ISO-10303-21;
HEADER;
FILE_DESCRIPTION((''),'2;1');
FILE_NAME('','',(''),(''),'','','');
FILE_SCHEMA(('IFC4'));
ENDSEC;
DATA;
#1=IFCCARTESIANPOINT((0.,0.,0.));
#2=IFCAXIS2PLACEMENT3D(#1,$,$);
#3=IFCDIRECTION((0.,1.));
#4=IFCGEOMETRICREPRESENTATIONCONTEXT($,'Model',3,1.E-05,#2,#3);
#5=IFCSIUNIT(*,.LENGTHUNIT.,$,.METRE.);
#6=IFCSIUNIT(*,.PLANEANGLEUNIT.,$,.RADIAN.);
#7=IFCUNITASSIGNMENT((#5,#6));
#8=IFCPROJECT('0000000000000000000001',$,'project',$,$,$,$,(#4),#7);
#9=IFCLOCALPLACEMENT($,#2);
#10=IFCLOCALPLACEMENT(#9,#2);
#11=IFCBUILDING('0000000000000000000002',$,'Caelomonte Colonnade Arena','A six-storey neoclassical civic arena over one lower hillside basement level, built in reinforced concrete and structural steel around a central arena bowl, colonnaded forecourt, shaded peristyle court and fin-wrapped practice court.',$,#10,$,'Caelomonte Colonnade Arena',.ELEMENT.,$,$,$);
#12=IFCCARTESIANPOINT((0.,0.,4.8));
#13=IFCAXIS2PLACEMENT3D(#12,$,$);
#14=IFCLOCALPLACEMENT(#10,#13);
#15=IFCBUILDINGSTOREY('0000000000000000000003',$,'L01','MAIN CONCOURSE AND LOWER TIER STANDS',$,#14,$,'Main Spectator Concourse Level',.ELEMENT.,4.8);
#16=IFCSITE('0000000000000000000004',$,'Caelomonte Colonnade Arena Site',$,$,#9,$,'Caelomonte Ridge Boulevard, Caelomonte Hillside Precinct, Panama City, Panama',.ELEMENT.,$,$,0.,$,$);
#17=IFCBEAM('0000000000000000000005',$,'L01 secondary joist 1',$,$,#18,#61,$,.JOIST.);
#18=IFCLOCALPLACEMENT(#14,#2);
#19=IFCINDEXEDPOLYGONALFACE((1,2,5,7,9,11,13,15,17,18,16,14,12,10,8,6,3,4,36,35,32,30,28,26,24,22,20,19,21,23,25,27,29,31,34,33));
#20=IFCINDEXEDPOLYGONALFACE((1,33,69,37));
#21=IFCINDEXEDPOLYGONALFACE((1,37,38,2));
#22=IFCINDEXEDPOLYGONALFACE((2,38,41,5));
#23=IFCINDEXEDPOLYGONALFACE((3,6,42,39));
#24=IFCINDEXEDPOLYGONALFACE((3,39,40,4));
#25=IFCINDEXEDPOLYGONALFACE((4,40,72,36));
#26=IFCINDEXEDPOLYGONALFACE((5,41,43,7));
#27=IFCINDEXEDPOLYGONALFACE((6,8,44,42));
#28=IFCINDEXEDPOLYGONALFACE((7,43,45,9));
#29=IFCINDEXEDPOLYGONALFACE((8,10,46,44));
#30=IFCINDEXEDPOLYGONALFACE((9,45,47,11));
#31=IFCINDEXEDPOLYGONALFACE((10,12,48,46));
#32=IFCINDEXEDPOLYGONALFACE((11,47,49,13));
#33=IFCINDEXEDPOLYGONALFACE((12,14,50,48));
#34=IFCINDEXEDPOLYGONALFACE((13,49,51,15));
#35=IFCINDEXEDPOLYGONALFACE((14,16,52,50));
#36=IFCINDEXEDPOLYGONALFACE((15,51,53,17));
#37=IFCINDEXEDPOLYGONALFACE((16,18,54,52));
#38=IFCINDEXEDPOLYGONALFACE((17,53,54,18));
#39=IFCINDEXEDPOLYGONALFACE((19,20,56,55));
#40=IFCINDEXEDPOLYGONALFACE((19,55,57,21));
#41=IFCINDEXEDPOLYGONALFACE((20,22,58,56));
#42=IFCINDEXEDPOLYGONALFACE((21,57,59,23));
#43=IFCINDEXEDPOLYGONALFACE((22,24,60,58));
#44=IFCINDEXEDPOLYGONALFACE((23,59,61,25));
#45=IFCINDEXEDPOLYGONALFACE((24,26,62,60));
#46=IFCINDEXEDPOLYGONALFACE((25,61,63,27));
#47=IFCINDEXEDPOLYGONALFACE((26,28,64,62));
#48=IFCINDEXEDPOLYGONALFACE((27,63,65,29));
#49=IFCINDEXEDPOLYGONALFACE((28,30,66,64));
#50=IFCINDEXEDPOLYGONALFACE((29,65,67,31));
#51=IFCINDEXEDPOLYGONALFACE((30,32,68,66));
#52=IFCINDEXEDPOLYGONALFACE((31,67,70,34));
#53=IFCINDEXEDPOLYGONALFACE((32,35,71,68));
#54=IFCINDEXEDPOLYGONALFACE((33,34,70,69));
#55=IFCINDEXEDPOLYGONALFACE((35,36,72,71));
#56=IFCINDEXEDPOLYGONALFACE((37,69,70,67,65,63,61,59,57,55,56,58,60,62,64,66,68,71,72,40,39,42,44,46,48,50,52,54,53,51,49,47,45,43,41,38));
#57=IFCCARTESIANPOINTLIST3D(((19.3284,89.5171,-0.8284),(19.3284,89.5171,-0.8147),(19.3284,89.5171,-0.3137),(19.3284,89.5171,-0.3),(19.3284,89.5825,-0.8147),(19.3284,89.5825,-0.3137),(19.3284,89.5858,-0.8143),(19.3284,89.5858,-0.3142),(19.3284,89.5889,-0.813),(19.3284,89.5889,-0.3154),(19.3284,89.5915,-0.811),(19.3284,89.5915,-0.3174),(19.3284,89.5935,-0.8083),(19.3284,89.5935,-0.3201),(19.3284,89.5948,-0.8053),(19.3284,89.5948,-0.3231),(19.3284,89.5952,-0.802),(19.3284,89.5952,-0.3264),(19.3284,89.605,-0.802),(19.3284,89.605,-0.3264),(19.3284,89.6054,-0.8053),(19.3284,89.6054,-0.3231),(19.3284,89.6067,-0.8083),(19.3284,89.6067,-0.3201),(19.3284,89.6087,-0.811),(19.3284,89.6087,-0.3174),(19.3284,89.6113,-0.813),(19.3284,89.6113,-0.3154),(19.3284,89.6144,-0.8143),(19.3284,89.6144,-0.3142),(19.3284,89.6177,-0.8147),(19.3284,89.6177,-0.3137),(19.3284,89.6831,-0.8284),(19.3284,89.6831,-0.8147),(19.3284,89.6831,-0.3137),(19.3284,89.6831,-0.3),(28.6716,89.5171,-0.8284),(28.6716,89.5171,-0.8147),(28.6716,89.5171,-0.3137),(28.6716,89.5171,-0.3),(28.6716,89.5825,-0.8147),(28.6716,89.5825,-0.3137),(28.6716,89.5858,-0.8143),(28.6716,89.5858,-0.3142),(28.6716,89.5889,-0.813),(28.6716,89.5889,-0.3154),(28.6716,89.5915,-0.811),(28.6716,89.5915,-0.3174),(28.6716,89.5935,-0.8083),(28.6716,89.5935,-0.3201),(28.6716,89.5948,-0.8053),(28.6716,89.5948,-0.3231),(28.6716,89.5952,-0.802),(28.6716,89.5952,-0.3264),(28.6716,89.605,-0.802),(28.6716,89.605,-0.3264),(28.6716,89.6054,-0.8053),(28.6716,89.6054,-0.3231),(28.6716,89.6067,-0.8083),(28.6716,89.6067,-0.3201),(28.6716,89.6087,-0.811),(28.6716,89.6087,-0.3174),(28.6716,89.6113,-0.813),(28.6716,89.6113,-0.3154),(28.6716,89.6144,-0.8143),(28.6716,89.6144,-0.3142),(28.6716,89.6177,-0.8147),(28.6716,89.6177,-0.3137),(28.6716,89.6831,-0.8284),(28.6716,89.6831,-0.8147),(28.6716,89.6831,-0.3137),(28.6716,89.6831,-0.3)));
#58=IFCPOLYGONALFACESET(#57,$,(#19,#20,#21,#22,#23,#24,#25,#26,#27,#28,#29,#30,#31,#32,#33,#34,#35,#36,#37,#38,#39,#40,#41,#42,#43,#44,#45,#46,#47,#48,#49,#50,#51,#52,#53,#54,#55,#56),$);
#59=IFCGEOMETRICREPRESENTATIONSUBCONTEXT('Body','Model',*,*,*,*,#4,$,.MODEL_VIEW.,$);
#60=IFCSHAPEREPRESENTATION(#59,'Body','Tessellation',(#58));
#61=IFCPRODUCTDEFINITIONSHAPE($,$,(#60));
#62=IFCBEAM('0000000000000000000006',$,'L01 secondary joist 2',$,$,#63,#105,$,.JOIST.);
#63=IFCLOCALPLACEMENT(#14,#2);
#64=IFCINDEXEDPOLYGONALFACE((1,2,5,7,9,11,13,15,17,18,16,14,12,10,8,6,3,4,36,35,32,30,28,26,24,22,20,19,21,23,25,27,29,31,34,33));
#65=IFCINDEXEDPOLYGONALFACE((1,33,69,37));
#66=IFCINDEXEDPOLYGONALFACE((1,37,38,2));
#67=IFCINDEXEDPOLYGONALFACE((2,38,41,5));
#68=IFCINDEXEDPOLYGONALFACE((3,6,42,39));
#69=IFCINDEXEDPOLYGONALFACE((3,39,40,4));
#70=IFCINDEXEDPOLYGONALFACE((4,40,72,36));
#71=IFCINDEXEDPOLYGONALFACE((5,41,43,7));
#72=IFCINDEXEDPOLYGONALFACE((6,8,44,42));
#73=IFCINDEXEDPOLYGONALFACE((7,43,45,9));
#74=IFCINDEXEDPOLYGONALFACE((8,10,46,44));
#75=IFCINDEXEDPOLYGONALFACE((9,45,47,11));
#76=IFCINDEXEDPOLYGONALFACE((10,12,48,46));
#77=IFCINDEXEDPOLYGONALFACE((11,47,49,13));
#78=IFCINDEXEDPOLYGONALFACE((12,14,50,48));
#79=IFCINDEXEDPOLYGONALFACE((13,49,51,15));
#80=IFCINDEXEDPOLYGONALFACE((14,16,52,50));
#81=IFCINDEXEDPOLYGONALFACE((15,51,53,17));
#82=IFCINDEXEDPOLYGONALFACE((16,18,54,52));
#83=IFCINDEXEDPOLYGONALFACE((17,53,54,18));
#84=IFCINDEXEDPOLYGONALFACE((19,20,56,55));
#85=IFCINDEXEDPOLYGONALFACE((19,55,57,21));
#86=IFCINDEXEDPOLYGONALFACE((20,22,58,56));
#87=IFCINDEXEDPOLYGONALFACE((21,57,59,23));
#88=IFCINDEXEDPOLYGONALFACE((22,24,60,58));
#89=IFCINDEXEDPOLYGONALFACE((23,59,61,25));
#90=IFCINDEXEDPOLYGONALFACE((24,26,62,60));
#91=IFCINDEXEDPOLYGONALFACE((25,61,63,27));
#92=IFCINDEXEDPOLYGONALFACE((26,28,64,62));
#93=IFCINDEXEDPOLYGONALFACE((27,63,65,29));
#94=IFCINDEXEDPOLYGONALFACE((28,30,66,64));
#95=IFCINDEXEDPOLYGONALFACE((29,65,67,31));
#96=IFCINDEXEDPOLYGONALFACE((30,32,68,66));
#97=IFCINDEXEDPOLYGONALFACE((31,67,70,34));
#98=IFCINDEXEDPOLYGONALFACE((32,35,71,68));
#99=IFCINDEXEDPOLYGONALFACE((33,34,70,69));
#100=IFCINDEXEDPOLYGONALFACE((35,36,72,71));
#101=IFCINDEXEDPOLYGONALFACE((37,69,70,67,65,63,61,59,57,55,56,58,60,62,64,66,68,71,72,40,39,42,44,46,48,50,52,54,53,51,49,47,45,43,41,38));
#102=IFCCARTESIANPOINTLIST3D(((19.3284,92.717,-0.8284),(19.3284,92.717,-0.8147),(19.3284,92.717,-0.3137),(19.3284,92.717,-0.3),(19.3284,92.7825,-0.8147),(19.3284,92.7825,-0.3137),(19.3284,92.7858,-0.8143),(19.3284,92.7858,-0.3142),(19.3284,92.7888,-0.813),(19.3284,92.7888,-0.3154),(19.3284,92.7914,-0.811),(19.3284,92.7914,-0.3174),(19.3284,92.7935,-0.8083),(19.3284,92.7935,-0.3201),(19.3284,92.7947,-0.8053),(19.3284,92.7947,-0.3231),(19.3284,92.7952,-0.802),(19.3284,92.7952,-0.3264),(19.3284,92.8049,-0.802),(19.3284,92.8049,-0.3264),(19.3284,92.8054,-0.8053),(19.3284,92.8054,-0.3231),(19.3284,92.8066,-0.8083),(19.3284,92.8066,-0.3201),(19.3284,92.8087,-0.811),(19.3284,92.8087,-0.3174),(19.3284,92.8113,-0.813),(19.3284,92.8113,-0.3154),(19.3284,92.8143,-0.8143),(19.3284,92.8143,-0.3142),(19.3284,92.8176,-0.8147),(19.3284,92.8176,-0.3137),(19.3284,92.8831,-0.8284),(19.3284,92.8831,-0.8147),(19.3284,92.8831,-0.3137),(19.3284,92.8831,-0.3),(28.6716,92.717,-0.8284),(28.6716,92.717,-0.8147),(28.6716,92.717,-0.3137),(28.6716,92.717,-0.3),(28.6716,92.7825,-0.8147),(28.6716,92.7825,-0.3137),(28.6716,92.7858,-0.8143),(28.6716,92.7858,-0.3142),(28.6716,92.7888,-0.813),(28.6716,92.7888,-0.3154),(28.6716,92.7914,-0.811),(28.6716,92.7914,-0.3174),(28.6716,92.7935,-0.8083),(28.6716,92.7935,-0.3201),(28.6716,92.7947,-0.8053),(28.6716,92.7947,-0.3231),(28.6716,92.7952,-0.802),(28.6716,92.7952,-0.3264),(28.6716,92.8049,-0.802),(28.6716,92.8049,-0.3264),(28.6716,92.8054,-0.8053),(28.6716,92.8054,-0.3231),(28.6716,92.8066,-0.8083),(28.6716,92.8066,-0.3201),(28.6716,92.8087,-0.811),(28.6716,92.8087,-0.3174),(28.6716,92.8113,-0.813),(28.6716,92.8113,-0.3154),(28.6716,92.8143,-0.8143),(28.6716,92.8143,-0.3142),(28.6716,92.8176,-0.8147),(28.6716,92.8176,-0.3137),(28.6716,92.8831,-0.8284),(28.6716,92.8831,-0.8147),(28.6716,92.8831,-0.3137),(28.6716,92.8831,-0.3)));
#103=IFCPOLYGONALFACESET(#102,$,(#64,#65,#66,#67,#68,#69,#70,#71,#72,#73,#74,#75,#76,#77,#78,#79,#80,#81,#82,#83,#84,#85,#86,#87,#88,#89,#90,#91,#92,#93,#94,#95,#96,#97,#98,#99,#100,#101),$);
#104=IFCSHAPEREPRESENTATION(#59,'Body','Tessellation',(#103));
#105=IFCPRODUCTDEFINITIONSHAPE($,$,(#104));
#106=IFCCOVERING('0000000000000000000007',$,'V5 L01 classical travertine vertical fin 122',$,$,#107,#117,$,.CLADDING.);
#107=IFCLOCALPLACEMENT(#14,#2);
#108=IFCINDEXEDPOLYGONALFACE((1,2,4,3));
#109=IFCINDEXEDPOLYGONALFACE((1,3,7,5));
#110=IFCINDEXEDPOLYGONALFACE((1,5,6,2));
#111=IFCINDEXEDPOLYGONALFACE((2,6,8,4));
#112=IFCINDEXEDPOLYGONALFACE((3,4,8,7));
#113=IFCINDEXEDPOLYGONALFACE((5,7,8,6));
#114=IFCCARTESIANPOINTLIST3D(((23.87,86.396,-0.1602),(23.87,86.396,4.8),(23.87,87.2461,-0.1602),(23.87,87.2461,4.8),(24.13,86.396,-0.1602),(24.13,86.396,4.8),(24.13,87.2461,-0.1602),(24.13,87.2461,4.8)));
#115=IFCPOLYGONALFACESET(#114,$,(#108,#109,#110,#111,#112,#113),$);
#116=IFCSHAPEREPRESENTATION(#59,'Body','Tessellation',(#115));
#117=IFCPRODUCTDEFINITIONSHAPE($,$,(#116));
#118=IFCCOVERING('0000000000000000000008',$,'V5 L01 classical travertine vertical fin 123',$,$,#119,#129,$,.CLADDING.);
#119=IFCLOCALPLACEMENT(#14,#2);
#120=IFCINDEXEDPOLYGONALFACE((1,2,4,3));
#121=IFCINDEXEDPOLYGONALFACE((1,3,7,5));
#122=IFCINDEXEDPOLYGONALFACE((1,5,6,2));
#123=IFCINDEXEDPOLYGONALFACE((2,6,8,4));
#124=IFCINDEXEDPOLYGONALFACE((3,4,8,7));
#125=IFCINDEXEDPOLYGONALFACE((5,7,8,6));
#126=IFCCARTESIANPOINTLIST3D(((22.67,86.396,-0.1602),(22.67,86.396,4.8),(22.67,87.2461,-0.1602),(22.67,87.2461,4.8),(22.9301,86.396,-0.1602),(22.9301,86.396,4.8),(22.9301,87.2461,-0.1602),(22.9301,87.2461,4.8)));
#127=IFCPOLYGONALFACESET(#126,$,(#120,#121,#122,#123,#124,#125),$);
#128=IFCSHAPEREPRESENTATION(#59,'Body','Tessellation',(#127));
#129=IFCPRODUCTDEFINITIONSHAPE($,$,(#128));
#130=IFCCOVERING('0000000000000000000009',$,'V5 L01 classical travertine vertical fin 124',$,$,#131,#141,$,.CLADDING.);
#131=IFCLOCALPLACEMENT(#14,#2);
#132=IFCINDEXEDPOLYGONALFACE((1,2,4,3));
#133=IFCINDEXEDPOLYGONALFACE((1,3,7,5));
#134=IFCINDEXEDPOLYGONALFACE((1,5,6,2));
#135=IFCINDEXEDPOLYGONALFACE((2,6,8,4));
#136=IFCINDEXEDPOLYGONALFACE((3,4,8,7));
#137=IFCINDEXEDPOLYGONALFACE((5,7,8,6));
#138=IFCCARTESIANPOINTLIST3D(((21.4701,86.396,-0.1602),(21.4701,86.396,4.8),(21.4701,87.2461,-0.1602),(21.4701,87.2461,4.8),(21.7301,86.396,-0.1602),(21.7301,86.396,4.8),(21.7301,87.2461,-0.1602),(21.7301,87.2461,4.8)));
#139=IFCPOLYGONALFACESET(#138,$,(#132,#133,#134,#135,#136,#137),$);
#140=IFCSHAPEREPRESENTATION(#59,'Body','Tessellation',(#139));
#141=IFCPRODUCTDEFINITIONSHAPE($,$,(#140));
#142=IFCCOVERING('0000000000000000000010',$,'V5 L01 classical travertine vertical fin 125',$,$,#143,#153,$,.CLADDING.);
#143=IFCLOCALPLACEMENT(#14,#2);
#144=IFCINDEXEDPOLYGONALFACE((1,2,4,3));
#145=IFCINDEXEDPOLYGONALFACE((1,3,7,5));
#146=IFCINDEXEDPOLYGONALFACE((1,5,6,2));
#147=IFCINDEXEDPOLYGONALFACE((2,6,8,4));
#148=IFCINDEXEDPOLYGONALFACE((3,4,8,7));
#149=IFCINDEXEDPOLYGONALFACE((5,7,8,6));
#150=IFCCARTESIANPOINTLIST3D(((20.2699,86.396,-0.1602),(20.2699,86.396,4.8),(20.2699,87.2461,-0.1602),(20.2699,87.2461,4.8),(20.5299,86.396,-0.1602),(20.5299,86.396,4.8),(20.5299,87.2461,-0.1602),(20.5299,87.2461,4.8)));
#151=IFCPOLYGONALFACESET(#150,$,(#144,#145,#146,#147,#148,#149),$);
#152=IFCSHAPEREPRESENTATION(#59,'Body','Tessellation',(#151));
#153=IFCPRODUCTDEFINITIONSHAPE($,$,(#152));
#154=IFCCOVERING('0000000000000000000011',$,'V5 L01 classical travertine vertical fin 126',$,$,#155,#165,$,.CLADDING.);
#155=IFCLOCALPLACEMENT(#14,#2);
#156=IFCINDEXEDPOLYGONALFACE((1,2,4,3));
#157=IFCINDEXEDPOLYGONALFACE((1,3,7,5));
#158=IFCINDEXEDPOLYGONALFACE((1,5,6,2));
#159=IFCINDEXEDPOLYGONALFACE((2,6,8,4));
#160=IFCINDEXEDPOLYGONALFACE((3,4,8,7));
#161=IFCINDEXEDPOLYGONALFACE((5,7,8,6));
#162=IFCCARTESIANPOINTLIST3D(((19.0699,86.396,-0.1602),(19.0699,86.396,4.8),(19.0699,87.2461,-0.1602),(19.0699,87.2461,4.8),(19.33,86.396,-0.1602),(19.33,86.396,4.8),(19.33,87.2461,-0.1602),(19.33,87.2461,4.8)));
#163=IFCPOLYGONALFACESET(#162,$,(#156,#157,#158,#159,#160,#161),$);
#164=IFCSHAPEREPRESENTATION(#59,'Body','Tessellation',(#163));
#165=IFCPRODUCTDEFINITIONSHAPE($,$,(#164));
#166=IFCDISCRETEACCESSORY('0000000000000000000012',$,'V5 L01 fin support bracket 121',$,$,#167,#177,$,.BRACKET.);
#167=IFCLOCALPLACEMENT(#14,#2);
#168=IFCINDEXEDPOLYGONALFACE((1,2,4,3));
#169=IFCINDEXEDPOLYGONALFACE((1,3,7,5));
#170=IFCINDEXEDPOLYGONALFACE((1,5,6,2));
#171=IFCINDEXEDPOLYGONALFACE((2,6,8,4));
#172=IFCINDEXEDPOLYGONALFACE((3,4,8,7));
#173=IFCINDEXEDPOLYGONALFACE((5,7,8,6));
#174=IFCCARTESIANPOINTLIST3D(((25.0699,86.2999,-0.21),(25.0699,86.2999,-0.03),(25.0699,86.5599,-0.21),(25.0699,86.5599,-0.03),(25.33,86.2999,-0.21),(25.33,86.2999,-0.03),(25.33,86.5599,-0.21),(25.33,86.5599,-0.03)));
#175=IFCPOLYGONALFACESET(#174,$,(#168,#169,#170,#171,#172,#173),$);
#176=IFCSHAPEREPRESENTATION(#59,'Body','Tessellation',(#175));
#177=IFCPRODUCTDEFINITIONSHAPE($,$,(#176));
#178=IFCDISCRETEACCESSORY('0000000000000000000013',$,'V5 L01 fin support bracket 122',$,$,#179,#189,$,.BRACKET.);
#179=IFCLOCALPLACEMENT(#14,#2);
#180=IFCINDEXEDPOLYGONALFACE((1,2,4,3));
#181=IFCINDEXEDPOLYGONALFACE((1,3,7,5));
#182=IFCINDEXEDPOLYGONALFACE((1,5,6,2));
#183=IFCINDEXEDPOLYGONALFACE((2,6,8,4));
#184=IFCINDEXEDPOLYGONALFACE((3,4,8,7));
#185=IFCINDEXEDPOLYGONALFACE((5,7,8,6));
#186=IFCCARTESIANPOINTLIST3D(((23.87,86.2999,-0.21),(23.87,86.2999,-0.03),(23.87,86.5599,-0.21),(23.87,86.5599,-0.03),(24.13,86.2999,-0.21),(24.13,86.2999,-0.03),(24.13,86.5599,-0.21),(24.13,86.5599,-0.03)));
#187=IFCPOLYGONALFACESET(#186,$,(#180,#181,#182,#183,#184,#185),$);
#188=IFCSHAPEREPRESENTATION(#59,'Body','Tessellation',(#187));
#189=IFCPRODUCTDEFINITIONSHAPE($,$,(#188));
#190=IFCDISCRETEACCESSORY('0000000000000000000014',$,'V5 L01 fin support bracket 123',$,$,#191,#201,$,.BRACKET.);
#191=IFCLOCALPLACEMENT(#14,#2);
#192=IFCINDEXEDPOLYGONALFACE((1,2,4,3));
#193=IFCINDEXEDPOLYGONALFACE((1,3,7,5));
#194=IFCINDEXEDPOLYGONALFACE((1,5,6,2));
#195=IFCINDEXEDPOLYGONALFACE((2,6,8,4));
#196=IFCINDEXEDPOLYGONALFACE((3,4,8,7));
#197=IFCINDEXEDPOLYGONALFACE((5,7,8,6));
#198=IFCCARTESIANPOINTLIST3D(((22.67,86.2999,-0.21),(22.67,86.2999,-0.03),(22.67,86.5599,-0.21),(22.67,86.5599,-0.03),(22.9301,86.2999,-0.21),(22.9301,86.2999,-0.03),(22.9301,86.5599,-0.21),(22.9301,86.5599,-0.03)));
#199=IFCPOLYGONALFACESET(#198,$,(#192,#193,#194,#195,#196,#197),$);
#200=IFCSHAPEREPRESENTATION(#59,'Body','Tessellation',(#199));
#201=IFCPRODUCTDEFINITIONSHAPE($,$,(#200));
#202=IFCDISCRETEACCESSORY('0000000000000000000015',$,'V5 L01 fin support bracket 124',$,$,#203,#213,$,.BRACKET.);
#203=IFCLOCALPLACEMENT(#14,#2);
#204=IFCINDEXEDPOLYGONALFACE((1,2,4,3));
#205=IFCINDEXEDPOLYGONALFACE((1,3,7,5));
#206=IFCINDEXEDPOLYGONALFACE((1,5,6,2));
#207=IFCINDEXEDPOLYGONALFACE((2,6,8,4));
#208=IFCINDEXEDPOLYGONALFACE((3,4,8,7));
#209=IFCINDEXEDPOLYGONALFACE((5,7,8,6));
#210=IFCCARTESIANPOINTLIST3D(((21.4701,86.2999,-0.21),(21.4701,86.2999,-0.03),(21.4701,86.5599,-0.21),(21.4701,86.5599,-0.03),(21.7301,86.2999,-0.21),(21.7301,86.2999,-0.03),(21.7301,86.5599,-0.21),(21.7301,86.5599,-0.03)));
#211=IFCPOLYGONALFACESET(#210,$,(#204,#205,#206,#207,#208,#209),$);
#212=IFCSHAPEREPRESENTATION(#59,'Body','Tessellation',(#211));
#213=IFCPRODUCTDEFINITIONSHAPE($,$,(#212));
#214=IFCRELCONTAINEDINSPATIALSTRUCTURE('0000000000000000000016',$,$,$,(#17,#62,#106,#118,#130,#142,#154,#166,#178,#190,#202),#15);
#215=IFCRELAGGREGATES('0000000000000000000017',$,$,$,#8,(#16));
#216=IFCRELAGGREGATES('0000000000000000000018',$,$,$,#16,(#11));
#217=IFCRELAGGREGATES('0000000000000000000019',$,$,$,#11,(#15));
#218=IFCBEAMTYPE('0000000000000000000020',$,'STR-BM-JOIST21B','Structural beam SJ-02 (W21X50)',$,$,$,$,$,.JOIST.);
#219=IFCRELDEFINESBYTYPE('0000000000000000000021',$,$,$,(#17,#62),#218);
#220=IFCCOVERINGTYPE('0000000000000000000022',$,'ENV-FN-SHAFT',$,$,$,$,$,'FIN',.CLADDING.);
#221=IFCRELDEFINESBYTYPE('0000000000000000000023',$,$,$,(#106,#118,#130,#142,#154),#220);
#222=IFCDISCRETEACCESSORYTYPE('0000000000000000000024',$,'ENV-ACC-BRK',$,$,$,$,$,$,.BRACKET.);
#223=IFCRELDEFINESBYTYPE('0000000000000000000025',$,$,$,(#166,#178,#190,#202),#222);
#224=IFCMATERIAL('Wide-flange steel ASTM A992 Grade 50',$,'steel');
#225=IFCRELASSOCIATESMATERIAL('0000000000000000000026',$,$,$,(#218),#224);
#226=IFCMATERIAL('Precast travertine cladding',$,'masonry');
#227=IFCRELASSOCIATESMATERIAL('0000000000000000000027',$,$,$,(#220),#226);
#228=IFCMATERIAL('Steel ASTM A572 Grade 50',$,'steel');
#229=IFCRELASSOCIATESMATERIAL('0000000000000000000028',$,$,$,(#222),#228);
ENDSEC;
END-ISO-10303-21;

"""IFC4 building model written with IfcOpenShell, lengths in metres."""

from ifc_helpers import new_model, si_unit, direction, frame, origin, origin_2d, place, context, subcontext, project, spatial, rectangle, i_section, extrude, material, material_profile, profile_set, type_object, element, save


model = new_model("IFC4")

# Units and contexts
model_context = context("Model", 3, precision=1e-05, world=origin(), true_north=direction((0.0, 1.0)))
body_context = subcontext(model_context, "Body", "Model", "MODEL_VIEW")
ifc_project = project(units=[si_unit("LENGTHUNIT", "METRE"), si_unit("PLANEANGLEUNIT", "RADIAN")], contexts=[model_context])

# Site, building, storey
site_placement = place(None, origin())
site = spatial("IfcSite", under=ifc_project, at=site_placement, Name="Caelomonte Colonnade Arena Site", LongName="Caelomonte Ridge Boulevard, Caelomonte Hillside Precinct, Panama City, Panama", CompositionType="ELEMENT", RefElevation=0.0)
building_placement = place(site_placement, origin())
building = spatial("IfcBuilding", under=site, at=building_placement, Name="Caelomonte Colonnade Arena", Description="A six-storey neoclassical civic arena over one lower hillside basement level, built in reinforced concrete and structural steel around a central arena bowl, colonnaded forecourt, shaded peristyle court and fin-wrapped practice court.", LongName="Caelomonte Colonnade Arena", CompositionType="ELEMENT")
storey_placement = place(building_placement, frame((0.0, 0.0, 4.8)))
storey = spatial("IfcBuildingStorey", under=building, at=storey_placement, Name="L01", Description="MAIN CONCOURSE AND LOWER TIER STANDS", LongName="Main Spectator Concourse Level", CompositionType="ELEMENT", Elevation=4.8)

# Shared definitions
ifc_material_1 = material(Name="Wide-flange steel ASTM A992 Grade 50", Category="steel")

# Beams
ifc_material_profile_1 = material_profile(ifc_material_1, i_section(OverallWidth=0.166, OverallDepth=0.5283, WebThickness=0.0098, FlangeThickness=0.0137, FilletRadius=0.0127, at=origin_2d()), Name="W21X50")
ifc_profile_set_1 = profile_set([ifc_material_profile_1], Name="Wide-flange steel ASTM A992 Grade 50")
beam_type_1 = type_object("IfcBeamType", Name="STR-BM-JOIST21B", Description="Structural beam SJ-02 (W21X50)", PredefinedType="JOIST", material=ifc_profile_set_1)
for number, where, z_axis, x_axis, name in (
    (1, (19.3284, 89.6001, -0.5642), (1.0, 0.0, 0.0), (0.0, 1.0, 0.0), "L01 secondary joist 1"),
    (2, (19.3284, 92.8, -0.5642), (1.0, 0.0, 0.0), (0.0, 1.0, 0.0), "L01 secondary joist 2"),
):
    element("IfcBeam", number, at=place(storey_placement, frame(where, z_axis=z_axis, x_axis=x_axis)), inside=storey, type_object=beam_type_1, Name=name, PredefinedType="JOIST", context=body_context, shape_type="SweptSolid", body=[
        extrude(i_section(OverallWidth=0.166, OverallDepth=0.5283, WebThickness=0.0098, FlangeThickness=0.0137, FilletRadius=0.0127, at=origin_2d()), origin(), (0.0, 0.0, 1.0), 9.3433),
    ])

# Coverings
ifc_material_2 = material(Name="Precast travertine cladding", Category="masonry")
ifc_material_profile_2 = material_profile(ifc_material_2, rectangle(XDim=0.26, YDim=0.8501, at=origin_2d()), Name="FIN260X850")
ifc_profile_set_2 = profile_set([ifc_material_profile_2], Name="Precast travertine cladding")
covering_type = type_object("IfcCoveringType", Name="ENV-FN-SHAFT", ElementType="FIN", PredefinedType="CLADDING", material=ifc_profile_set_2)
for number, where, z_axis, x_axis, name in (
    (3, (24.0, 86.821, -0.1602), (0.0, 0.0, 1.0), (1.0, 0.0, 0.0), "V5 L01 classical travertine vertical fin 122"),
    (4, (22.8, 86.821, -0.1602), (0.0, 0.0, 1.0), (1.0, 0.0, 0.0), "V5 L01 classical travertine vertical fin 123"),
    (5, (21.6001, 86.821, -0.1602), (0.0, 0.0, 1.0), (1.0, 0.0, 0.0), "V5 L01 classical travertine vertical fin 124"),
    (6, (20.3999, 86.821, -0.1602), (0.0, 0.0, 1.0), (1.0, 0.0, 0.0), "V5 L01 classical travertine vertical fin 125"),
    (7, (19.2, 86.821, -0.1602), (0.0, 0.0, 1.0), (1.0, 0.0, 0.0), "V5 L01 classical travertine vertical fin 126"),
):
    element("IfcCovering", number, at=place(storey_placement, frame(where, z_axis=z_axis, x_axis=x_axis)), inside=storey, type_object=covering_type, Name=name, PredefinedType="CLADDING", context=body_context, shape_type="SweptSolid", body=[
        extrude(rectangle(XDim=0.26, YDim=0.8501, at=origin_2d()), origin(), (0.0, 0.0, 1.0), 4.9602),
    ])

# Discrete accessories
ifc_material_3 = material(Name="Steel ASTM A572 Grade 50", Category="steel")
discrete_accessory_type = type_object("IfcDiscreteAccessoryType", Name="ENV-ACC-BRK", PredefinedType="BRACKET", material=ifc_material_3)
for number, where, z_axis, x_axis, name in (
    (8, (25.2, 86.4299, -0.21), (0.0, 0.0, 1.0), (-1.0, 0.0, 0.0), "V5 L01 fin support bracket 121"),
    (9, (24.0, 86.4299, -0.21), (0.0, 0.0, 1.0), (-1.0, 0.0, 0.0), "V5 L01 fin support bracket 122"),
    (10, (22.8, 86.4299, -0.21), (0.0, 0.0, 1.0), (-1.0, 0.0, 0.0), "V5 L01 fin support bracket 123"),
    (11, (21.6001, 86.4299, -0.21), (0.0, 0.0, 1.0), (-1.0, 0.0, 0.0), "V5 L01 fin support bracket 124"),
):
    element("IfcDiscreteAccessory", number, at=place(storey_placement, frame(where, z_axis=z_axis, x_axis=x_axis)), inside=storey, type_object=discrete_accessory_type, Name=name, PredefinedType="BRACKET", context=body_context, shape_type="SweptSolid", body=[
        extrude(rectangle(XDim=0.26, YDim=0.26, at=origin_2d()), origin(), (0.0, 0.0, 1.0), 0.1799),
    ])

save(model, "model.ifc")
